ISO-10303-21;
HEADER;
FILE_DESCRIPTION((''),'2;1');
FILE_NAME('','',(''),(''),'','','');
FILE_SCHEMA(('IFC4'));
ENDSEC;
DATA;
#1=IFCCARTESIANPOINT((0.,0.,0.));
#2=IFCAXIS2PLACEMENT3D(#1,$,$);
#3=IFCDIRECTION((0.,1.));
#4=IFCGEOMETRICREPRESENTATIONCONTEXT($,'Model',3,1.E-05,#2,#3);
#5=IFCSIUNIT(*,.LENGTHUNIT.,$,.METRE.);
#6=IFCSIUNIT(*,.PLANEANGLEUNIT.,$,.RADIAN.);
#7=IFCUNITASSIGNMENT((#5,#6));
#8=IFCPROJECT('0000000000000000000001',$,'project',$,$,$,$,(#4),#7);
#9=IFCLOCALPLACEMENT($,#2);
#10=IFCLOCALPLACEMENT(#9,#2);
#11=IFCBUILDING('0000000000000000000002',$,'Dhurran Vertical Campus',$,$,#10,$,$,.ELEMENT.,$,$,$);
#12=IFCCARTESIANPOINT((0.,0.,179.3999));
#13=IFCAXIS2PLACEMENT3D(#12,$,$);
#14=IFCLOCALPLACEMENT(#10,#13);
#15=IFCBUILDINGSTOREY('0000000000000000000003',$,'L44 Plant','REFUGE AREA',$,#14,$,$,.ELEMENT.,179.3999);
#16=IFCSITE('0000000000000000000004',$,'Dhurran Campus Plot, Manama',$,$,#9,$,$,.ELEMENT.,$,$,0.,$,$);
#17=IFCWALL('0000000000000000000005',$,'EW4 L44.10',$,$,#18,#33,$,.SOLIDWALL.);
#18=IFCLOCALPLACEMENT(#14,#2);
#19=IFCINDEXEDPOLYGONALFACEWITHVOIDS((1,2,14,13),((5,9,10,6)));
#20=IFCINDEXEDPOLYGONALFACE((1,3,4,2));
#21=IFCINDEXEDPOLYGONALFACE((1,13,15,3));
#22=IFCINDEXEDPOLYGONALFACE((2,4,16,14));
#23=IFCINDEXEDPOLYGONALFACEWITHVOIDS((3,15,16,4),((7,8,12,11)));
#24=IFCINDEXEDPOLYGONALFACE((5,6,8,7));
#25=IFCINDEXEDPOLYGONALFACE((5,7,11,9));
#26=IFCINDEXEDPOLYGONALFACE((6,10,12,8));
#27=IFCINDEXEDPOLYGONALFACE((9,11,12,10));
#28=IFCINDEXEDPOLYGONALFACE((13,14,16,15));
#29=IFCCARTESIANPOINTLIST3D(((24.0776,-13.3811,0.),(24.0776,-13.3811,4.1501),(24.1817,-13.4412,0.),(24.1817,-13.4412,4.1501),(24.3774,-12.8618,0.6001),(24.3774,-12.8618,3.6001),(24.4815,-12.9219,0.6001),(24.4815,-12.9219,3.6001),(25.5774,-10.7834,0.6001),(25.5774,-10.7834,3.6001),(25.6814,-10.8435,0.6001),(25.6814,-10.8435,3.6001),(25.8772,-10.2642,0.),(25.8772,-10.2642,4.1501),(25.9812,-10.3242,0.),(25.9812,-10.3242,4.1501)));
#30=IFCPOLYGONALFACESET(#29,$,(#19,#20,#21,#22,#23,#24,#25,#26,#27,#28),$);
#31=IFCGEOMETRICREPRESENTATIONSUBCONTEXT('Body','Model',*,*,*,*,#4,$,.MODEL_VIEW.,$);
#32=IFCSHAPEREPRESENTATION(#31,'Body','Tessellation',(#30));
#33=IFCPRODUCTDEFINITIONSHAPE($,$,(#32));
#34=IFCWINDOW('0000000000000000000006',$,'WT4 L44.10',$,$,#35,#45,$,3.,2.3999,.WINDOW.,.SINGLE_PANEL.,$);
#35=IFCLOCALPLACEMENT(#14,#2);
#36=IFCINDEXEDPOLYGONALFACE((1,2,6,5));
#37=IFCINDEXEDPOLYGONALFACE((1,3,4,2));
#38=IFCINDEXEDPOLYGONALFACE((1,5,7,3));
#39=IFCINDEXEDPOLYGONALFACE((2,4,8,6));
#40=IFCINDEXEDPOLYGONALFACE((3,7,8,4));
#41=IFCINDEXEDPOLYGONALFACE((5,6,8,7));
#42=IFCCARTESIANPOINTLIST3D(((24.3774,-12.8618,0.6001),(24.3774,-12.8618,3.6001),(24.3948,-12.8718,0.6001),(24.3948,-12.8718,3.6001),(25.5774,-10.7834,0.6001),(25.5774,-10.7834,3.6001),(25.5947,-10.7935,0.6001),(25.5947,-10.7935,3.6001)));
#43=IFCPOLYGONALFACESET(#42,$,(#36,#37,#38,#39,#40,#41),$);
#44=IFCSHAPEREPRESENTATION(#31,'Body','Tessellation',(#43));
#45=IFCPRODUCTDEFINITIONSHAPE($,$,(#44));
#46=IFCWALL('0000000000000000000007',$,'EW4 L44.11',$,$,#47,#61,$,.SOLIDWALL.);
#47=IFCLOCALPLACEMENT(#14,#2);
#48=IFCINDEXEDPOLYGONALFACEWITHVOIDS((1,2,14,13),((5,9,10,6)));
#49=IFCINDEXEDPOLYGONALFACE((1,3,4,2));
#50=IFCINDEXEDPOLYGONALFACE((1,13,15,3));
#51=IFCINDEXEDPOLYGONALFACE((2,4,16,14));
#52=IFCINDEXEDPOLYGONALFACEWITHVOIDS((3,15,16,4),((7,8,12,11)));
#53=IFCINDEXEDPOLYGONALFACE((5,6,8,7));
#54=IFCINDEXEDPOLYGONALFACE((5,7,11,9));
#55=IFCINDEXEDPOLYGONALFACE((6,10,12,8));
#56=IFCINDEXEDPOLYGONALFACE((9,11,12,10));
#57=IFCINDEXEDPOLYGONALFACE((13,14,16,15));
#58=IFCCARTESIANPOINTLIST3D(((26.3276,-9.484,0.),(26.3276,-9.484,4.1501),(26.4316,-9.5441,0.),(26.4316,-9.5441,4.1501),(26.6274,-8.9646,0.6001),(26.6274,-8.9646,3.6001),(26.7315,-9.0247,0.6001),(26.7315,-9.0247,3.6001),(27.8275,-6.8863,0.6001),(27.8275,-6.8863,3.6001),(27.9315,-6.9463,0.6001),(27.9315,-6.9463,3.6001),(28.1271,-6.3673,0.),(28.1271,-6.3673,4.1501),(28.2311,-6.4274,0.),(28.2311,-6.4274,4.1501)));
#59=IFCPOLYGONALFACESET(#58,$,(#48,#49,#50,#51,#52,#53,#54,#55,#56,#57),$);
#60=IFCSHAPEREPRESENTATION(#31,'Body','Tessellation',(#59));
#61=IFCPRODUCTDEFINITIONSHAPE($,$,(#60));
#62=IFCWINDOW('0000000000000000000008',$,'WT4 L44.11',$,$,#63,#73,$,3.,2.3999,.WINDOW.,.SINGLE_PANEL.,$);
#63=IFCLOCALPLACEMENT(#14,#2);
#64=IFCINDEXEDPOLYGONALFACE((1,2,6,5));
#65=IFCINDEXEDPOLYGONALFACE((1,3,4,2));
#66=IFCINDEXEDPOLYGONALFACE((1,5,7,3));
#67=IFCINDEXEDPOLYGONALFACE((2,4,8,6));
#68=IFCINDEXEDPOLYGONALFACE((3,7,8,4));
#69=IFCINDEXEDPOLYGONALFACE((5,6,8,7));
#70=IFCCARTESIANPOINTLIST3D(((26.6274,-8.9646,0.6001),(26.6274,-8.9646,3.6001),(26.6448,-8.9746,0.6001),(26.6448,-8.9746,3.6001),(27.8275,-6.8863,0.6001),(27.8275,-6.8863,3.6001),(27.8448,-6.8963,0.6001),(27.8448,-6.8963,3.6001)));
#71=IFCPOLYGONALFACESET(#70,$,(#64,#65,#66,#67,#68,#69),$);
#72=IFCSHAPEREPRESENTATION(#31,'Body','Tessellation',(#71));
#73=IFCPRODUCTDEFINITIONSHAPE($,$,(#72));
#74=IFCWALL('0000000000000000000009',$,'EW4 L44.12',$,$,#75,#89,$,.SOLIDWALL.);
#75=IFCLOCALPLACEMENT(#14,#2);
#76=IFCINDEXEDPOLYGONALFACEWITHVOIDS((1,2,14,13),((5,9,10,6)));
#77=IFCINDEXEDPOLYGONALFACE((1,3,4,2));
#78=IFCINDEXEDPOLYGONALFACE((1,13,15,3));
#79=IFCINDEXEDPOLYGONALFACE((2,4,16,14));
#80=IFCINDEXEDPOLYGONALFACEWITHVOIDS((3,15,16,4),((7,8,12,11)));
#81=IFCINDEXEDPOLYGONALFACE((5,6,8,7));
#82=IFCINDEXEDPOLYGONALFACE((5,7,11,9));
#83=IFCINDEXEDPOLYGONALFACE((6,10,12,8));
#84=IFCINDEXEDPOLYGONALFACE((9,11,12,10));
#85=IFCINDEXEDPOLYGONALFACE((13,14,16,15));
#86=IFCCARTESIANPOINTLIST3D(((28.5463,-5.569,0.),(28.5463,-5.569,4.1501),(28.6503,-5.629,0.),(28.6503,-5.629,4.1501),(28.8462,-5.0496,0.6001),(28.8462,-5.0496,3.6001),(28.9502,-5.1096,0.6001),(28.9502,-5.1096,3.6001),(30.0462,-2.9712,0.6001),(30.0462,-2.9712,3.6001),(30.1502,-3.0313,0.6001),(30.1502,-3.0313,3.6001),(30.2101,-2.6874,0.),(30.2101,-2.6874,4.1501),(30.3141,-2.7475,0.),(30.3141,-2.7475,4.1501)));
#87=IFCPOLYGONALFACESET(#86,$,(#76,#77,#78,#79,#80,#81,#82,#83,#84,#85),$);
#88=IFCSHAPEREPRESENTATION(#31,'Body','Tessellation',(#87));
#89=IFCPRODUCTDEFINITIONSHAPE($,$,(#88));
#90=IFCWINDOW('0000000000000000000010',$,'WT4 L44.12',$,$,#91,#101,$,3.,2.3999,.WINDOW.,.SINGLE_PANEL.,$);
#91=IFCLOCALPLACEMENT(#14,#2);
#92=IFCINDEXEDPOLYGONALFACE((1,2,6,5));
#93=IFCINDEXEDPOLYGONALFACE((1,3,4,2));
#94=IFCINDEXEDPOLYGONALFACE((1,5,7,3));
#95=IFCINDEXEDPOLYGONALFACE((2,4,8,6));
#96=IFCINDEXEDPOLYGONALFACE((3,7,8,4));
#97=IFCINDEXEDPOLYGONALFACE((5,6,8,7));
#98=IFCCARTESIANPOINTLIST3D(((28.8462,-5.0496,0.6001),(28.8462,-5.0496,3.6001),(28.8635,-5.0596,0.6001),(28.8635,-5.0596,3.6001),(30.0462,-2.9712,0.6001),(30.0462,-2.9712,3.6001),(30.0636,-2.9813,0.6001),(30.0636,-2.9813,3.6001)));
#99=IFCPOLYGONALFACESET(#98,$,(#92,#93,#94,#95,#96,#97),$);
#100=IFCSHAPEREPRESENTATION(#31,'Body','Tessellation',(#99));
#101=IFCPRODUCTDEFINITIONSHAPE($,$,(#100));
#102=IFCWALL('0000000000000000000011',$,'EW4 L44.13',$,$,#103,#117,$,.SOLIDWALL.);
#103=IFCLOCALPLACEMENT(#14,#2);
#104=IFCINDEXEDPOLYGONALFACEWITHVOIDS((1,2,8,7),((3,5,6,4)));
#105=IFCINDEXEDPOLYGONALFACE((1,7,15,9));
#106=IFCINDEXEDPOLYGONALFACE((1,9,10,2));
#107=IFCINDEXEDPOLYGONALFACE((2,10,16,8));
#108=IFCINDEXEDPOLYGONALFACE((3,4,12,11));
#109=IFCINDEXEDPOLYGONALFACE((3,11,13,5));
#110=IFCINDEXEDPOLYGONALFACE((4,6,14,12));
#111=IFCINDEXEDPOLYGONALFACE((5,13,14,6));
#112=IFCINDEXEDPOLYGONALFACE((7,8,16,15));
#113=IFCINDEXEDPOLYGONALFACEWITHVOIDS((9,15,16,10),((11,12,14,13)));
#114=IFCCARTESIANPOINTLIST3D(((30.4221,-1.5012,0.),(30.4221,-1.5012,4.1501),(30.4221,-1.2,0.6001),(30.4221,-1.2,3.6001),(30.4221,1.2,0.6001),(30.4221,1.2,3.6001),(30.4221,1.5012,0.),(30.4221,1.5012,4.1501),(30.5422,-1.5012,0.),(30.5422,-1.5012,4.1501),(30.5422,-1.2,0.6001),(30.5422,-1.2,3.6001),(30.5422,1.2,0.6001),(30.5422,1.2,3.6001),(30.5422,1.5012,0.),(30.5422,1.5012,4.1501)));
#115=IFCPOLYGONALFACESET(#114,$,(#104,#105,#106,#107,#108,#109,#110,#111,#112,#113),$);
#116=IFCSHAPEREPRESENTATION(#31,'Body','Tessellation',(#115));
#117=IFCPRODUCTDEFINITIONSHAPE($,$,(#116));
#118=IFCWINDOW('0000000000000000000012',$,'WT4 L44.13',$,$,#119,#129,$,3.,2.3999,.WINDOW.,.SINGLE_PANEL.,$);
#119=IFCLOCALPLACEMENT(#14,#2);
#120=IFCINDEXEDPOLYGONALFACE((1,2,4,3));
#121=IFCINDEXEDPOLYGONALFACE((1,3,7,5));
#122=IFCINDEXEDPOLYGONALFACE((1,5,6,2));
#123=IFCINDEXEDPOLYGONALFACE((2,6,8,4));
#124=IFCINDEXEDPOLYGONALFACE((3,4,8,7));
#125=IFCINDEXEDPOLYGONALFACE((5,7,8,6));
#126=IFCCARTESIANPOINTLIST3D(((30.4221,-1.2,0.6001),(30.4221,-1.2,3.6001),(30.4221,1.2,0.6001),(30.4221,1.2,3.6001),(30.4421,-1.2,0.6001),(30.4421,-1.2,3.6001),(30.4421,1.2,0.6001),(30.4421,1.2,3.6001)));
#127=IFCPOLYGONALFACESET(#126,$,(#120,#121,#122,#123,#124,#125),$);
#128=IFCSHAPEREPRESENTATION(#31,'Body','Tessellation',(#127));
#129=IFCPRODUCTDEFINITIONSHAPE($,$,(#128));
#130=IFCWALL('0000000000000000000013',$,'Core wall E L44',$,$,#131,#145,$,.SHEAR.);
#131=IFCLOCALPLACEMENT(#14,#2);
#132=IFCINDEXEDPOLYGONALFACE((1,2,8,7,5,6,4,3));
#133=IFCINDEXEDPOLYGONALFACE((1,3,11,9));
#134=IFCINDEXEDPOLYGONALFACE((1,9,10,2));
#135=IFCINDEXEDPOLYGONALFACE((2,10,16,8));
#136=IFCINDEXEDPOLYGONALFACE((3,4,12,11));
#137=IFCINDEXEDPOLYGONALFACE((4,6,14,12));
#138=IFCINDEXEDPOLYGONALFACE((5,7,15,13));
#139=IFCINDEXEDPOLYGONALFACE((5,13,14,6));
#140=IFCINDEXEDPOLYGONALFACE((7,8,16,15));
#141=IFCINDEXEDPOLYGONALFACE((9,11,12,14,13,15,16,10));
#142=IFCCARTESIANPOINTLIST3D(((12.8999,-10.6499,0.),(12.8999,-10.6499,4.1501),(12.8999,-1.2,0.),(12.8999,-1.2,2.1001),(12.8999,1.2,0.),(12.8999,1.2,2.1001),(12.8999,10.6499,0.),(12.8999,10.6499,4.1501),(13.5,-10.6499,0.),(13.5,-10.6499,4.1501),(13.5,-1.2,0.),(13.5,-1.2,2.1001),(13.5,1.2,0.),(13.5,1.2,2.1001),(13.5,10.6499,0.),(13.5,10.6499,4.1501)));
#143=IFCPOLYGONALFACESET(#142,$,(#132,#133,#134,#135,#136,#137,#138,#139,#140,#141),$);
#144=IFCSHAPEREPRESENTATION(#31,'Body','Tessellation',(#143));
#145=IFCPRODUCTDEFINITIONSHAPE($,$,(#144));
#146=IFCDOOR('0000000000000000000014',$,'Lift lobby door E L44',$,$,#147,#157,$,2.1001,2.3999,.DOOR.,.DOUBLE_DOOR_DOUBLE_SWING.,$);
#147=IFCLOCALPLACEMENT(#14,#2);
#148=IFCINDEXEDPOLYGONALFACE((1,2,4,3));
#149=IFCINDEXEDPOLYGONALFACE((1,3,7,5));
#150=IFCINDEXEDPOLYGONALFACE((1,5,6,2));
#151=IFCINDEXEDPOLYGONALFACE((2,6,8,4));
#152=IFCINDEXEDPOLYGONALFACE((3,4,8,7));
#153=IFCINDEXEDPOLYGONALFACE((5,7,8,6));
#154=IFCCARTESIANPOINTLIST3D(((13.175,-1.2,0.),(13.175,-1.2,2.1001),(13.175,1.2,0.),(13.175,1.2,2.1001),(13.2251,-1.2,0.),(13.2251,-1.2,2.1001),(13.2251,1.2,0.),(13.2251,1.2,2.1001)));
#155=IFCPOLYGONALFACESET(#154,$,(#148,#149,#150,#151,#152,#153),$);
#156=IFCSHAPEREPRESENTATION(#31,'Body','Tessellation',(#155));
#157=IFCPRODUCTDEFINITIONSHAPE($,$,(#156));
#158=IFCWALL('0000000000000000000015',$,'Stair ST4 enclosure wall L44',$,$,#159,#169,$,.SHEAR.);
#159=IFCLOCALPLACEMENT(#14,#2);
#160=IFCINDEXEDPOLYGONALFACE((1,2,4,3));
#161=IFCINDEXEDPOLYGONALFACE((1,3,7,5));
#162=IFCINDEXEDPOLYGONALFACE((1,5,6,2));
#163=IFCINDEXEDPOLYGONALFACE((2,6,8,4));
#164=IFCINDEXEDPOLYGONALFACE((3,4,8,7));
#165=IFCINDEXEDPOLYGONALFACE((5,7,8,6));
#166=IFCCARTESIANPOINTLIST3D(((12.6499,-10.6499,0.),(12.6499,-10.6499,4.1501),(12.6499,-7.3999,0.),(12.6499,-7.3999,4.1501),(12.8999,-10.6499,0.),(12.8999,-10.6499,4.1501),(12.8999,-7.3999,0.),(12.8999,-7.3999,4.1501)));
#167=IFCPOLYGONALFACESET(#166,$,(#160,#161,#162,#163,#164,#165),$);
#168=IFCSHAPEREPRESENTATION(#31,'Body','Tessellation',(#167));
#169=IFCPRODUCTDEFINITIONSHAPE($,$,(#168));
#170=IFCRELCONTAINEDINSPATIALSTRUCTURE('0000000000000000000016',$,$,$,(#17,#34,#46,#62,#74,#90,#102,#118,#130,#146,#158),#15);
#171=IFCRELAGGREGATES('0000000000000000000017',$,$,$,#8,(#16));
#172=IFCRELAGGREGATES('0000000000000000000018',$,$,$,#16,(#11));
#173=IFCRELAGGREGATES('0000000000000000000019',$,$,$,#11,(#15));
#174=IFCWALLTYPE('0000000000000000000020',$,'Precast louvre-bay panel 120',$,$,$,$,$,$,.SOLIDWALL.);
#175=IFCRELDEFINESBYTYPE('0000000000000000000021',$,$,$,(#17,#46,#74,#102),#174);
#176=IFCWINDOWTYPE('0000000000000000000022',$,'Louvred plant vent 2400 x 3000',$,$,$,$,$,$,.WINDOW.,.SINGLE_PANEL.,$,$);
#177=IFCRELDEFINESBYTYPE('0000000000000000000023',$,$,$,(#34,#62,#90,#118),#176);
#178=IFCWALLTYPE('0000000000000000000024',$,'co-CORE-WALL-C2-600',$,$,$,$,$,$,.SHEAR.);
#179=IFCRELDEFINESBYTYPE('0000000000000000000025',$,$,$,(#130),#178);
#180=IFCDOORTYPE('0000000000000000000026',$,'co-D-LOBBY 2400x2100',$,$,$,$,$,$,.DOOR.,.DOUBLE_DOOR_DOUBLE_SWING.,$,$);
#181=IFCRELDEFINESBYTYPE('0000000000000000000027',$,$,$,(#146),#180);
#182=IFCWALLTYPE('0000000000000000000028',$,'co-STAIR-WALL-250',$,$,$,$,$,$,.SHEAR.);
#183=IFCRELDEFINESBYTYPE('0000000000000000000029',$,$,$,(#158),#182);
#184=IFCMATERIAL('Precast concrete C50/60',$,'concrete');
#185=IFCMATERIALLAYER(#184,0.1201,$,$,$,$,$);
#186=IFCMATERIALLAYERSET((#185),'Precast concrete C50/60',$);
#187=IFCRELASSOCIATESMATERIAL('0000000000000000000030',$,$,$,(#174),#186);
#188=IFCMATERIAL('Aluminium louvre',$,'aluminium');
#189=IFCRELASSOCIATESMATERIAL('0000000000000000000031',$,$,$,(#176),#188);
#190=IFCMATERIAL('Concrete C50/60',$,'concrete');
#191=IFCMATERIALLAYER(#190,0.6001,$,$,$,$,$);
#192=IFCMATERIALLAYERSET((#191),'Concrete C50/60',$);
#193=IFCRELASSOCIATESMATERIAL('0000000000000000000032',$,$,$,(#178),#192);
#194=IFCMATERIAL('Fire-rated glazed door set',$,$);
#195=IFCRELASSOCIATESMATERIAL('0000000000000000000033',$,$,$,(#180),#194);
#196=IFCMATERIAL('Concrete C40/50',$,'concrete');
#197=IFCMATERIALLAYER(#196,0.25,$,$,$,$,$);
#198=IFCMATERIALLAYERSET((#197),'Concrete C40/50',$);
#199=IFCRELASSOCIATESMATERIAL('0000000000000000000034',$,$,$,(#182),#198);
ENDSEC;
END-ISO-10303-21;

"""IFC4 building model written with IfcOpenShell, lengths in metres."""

from ifc_helpers import new_model, si_unit, direction, frame, frame_2d, origin, place, context, subcontext, project, spatial, rectangle, extrude, material, layer, layer_set, type_object, element, fill, save


model = new_model("IFC4")

# Units and contexts
model_context = context("Model", 3, precision=1e-05, world=origin(), true_north=direction((0.0, 1.0)))
body_context = subcontext(model_context, "Body", "Model", "MODEL_VIEW")
ifc_project = project(units=[si_unit("LENGTHUNIT", "METRE"), si_unit("PLANEANGLEUNIT", "RADIAN")], contexts=[model_context])

# Site, building, storey
site_placement = place(None, origin())
site = spatial("IfcSite", under=ifc_project, at=site_placement, Name="Dhurran Campus Plot, Manama", CompositionType="ELEMENT", RefElevation=0.0)
building_placement = place(site_placement, origin())
building = spatial("IfcBuilding", under=site, at=building_placement, Name="Dhurran Vertical Campus", CompositionType="ELEMENT")
storey_placement = place(building_placement, frame((0.0, 0.0, 179.3999)))
storey = spatial("IfcBuildingStorey", under=building, at=storey_placement, Name="L44 Plant", Description="REFUGE AREA", CompositionType="ELEMENT", Elevation=179.3999)

# Walls, openings, windows
ifc_material_1 = material(Name="Precast concrete C50/60", Category="concrete")
ifc_layer_1 = layer(ifc_material_1, 0.1201)
ifc_layer_set_1 = layer_set([ifc_layer_1], Name="Precast concrete C50/60")
wall_type_1 = type_object("IfcWallType", Name="Precast louvre-bay panel 120", PredefinedType="SOLIDWALL", material=ifc_layer_set_1)
wall_1_placement = place(storey_placement, frame((24.1296, -13.4111, 0.0), z_axis=(0.0, 0.0, 1.0), x_axis=(0.499998, 0.866026, 0.0)))
wall_1 = element("IfcWall", 1, at=wall_1_placement, inside=storey, type_object=wall_type_1, Name="EW4 L44.10", PredefinedType="SOLIDWALL", context=body_context, shape_type="SweptSolid", body=[
    extrude(rectangle(XDim=3.5991, YDim=0.1201, at=frame_2d((1.7996, 0.0))), origin(), (0.0, 0.0, 1.0), 4.1501),
])
opening_1_placement = place(wall_1_placement, frame((0.5996, 0.0, 0.6001)))
opening_1 = element("IfcOpeningElement", 2, at=opening_1_placement, cuts=wall_1, PredefinedType="OPENING", context=body_context, shape_type="SweptSolid", body=[
    extrude(rectangle(XDim=2.3999, YDim=3.0, at=frame_2d((1.2, 1.5))), frame((0.0, 0.0701, 0.0), z_axis=(0.0, -1.0, 0.0), x_axis=(1.0, 0.0, 0.0)), (0.0, 0.0, 1.0), 0.1401),
])
ifc_material_2 = material(Name="Aluminium louvre", Category="aluminium")
window_type = type_object("IfcWindowType", Name="Louvred plant vent 2400 x 3000", PartitioningType="SINGLE_PANEL", PredefinedType="WINDOW", material=ifc_material_2)
window_1_placement = place(opening_1_placement, origin())
window_1 = element("IfcWindow", 3, at=window_1_placement, inside=storey, type_object=window_type, Name="WT4 L44.10", OverallHeight=3.0, OverallWidth=2.3999, PartitioningType="SINGLE_PANEL", PredefinedType="WINDOW", context=body_context, shape_type="SweptSolid", body=[
    extrude(rectangle(XDim=2.3999, YDim=3.0, at=frame_2d((1.2, 1.5))), frame((0.0, 0.0601, 0.0), z_axis=(0.0, -1.0, 0.0), x_axis=(1.0, 0.0, 0.0)), (0.0, 0.0, 1.0), 0.02),
])
fill(opening_1, window_1)
wall_2_placement = place(storey_placement, frame((26.3796, -9.5139, 0.0), z_axis=(0.0, 0.0, 1.0), x_axis=(0.500028, 0.866009, 0.0)))
wall_2 = element("IfcWall", 4, at=wall_2_placement, inside=storey, type_object=wall_type_1, Name="EW4 L44.11", PredefinedType="SOLIDWALL", context=body_context, shape_type="SweptSolid", body=[
    extrude(rectangle(XDim=3.5989, YDim=0.1201, at=frame_2d((1.7993, 0.0))), origin(), (0.0, 0.0, 1.0), 4.1501),
])
opening_2_placement = place(wall_2_placement, frame((0.5996, 0.0, 0.6001)))
opening_2 = element("IfcOpeningElement", 5, at=opening_2_placement, cuts=wall_2, PredefinedType="OPENING", context=body_context, shape_type="SweptSolid", body=[
    extrude(rectangle(XDim=2.3999, YDim=3.0, at=frame_2d((1.2, 1.5))), frame((0.0, 0.0701, 0.0), z_axis=(0.0, -1.0, 0.0), x_axis=(1.0, 0.0, 0.0)), (0.0, 0.0, 1.0), 0.1401),
])
window_2_placement = place(opening_2_placement, origin())
window_2 = element("IfcWindow", 6, at=window_2_placement, inside=storey, type_object=window_type, Name="WT4 L44.11", OverallHeight=3.0, OverallWidth=2.3999, PartitioningType="SINGLE_PANEL", PredefinedType="WINDOW", context=body_context, shape_type="SweptSolid", body=[
    extrude(rectangle(XDim=2.3999, YDim=3.0, at=frame_2d((1.2, 1.5))), frame((0.0, 0.0601, 0.0), z_axis=(0.0, -1.0, 0.0), x_axis=(1.0, 0.0, 0.0)), (0.0, 0.0, 1.0), 0.02),
])
fill(opening_2, window_2)
wall_3_placement = place(storey_placement, frame((28.5984, -5.5989, 0.0), z_axis=(0.0, 0.0, 1.0), x_axis=(0.500029, 0.866008, 0.0)))
wall_3 = element("IfcWall", 7, at=wall_3_placement, inside=storey, type_object=wall_type_1, Name="EW4 L44.12", PredefinedType="SOLIDWALL", context=body_context, shape_type="SweptSolid", body=[
    extrude(rectangle(XDim=3.3274, YDim=0.1201, at=frame_2d((1.6636, 0.0))), origin(), (0.0, 0.0, 1.0), 4.1501),
])
opening_3_placement = place(wall_3_placement, frame((0.5996, 0.0, 0.6001)))
opening_3 = element("IfcOpeningElement", 8, at=opening_3_placement, cuts=wall_3, PredefinedType="OPENING", context=body_context, shape_type="SweptSolid", body=[
    extrude(rectangle(XDim=2.3999, YDim=3.0, at=frame_2d((1.2, 1.5))), frame((0.0, 0.0701, 0.0), z_axis=(0.0, -1.0, 0.0), x_axis=(1.0, 0.0, 0.0)), (0.0, 0.0, 1.0), 0.1401),
])
window_3_placement = place(opening_3_placement, origin())
window_3 = element("IfcWindow", 9, at=window_3_placement, inside=storey, type_object=window_type, Name="WT4 L44.12", OverallHeight=3.0, OverallWidth=2.3999, PartitioningType="SINGLE_PANEL", PredefinedType="WINDOW", context=body_context, shape_type="SweptSolid", body=[
    extrude(rectangle(XDim=2.3999, YDim=3.0, at=frame_2d((1.2, 1.5))), frame((0.0, 0.0601, 0.0), z_axis=(0.0, -1.0, 0.0), x_axis=(1.0, 0.0, 0.0)), (0.0, 0.0, 1.0), 0.02),
])
fill(opening_3, window_3)
wall_4_placement = place(storey_placement, frame((30.4822, -1.5012, 0.0), z_axis=(0.0, 0.0, 1.0), x_axis=(0.0, 1.0, 0.0)))
wall_4 = element("IfcWall", 10, at=wall_4_placement, inside=storey, type_object=wall_type_1, Name="EW4 L44.13", PredefinedType="SOLIDWALL", context=body_context, shape_type="SweptSolid", body=[
    extrude(rectangle(XDim=3.0024, YDim=0.1201, at=frame_2d((1.5012, 0.0))), origin(), (0.0, 0.0, 1.0), 4.1501),
])
opening_4_placement = place(wall_4_placement, frame((0.3013, 0.0, 0.6001)))
opening_4 = element("IfcOpeningElement", 11, at=opening_4_placement, cuts=wall_4, PredefinedType="OPENING", context=body_context, shape_type="SweptSolid", body=[
    extrude(rectangle(XDim=2.3999, YDim=3.0, at=frame_2d((1.2, 1.5))), frame((0.0, 0.0701, 0.0), z_axis=(0.0, -1.0, 0.0), x_axis=(1.0, 0.0, 0.0)), (0.0, 0.0, 1.0), 0.1401),
])
window_4_placement = place(opening_4_placement, origin())
window_4 = element("IfcWindow", 12, at=window_4_placement, inside=storey, type_object=window_type, Name="WT4 L44.13", OverallHeight=3.0, OverallWidth=2.3999, PartitioningType="SINGLE_PANEL", PredefinedType="WINDOW", context=body_context, shape_type="SweptSolid", body=[
    extrude(rectangle(XDim=2.3999, YDim=3.0, at=frame_2d((1.2, 1.5))), frame((0.0, 0.0601, 0.0), z_axis=(0.0, -1.0, 0.0), x_axis=(1.0, 0.0, 0.0)), (0.0, 0.0, 1.0), 0.02),
])
fill(opening_4, window_4)

# Wall, opening, door
ifc_material_3 = material(Name="Concrete C50/60", Category="concrete")
ifc_layer_2 = layer(ifc_material_3, 0.6001)
ifc_layer_set_2 = layer_set([ifc_layer_2], Name="Concrete C50/60")
wall_type_2 = type_object("IfcWallType", Name="co-CORE-WALL-C2-600", PredefinedType="SHEAR", material=ifc_layer_set_2)
wall_5_placement = place(storey_placement, frame((13.2, -10.6499, 0.0), z_axis=(0.0, 0.0, 1.0), x_axis=(0.0, 1.0, 0.0)))
wall_5 = element("IfcWall", 13, at=wall_5_placement, inside=storey, type_object=wall_type_2, Name="Core wall E L44", PredefinedType="SHEAR", context=body_context, shape_type="SweptSolid", body=[
    extrude(rectangle(XDim=21.2998, YDim=0.6001, at=frame_2d((10.6499, 0.0))), origin(), (0.0, 0.0, 1.0), 4.1501),
])
opening_5_placement = place(wall_5_placement, frame((9.45, 0.0, 0.0)))
opening_5 = element("IfcOpeningElement", 14, at=opening_5_placement, cuts=wall_5, PredefinedType="OPENING", context=body_context, shape_type="SweptSolid", body=[
    extrude(rectangle(XDim=2.3999, YDim=2.1001, at=frame_2d((1.2, 1.05))), frame((0.0, 0.3101, 0.0), z_axis=(0.0, -1.0, 0.0), x_axis=(1.0, 0.0, 0.0)), (0.0, 0.0, 1.0), 0.6201),
])
ifc_material_4 = material(Name="Fire-rated glazed door set")
door_type = type_object("IfcDoorType", Name="co-D-LOBBY 2400x2100", OperationType="DOUBLE_DOOR_DOUBLE_SWING", PredefinedType="DOOR", material=ifc_material_4)
door_placement = place(opening_5_placement, origin())
door = element("IfcDoor", 15, at=door_placement, inside=storey, type_object=door_type, Name="Lift lobby door E L44", OperationType="DOUBLE_DOOR_DOUBLE_SWING", OverallHeight=2.1001, OverallWidth=2.3999, PredefinedType="DOOR", context=body_context, shape_type="SweptSolid", body=[
    extrude(rectangle(XDim=2.3999, YDim=2.1001, at=frame_2d((1.2, 1.05))), frame((0.0, 0.0249, 0.0), z_axis=(0.0, -1.0, 0.0), x_axis=(1.0, 0.0, 0.0)), (0.0, 0.0, 1.0), 0.05),
])
fill(opening_5, door)

# Wall
ifc_material_5 = material(Name="Concrete C40/50", Category="concrete")
ifc_layer_3 = layer(ifc_material_5, 0.25)
ifc_layer_set_3 = layer_set([ifc_layer_3], Name="Concrete C40/50")
wall_type_3 = type_object("IfcWallType", Name="co-STAIR-WALL-250", PredefinedType="SHEAR", material=ifc_layer_set_3)
wall_6_placement = place(storey_placement, frame((12.7749, -10.6499, 0.0), z_axis=(0.0, 0.0, 1.0), x_axis=(0.0, 1.0, 0.0)))
element("IfcWall", 16, at=wall_6_placement, inside=storey, type_object=wall_type_3, Name="Stair ST4 enclosure wall L44", PredefinedType="SHEAR", context=body_context, shape_type="SweptSolid", body=[
    extrude(rectangle(XDim=3.25, YDim=0.25, at=frame_2d((1.625, 0.0))), origin(), (0.0, 0.0, 1.0), 4.1501),
])

save(model, "model.ifc")
